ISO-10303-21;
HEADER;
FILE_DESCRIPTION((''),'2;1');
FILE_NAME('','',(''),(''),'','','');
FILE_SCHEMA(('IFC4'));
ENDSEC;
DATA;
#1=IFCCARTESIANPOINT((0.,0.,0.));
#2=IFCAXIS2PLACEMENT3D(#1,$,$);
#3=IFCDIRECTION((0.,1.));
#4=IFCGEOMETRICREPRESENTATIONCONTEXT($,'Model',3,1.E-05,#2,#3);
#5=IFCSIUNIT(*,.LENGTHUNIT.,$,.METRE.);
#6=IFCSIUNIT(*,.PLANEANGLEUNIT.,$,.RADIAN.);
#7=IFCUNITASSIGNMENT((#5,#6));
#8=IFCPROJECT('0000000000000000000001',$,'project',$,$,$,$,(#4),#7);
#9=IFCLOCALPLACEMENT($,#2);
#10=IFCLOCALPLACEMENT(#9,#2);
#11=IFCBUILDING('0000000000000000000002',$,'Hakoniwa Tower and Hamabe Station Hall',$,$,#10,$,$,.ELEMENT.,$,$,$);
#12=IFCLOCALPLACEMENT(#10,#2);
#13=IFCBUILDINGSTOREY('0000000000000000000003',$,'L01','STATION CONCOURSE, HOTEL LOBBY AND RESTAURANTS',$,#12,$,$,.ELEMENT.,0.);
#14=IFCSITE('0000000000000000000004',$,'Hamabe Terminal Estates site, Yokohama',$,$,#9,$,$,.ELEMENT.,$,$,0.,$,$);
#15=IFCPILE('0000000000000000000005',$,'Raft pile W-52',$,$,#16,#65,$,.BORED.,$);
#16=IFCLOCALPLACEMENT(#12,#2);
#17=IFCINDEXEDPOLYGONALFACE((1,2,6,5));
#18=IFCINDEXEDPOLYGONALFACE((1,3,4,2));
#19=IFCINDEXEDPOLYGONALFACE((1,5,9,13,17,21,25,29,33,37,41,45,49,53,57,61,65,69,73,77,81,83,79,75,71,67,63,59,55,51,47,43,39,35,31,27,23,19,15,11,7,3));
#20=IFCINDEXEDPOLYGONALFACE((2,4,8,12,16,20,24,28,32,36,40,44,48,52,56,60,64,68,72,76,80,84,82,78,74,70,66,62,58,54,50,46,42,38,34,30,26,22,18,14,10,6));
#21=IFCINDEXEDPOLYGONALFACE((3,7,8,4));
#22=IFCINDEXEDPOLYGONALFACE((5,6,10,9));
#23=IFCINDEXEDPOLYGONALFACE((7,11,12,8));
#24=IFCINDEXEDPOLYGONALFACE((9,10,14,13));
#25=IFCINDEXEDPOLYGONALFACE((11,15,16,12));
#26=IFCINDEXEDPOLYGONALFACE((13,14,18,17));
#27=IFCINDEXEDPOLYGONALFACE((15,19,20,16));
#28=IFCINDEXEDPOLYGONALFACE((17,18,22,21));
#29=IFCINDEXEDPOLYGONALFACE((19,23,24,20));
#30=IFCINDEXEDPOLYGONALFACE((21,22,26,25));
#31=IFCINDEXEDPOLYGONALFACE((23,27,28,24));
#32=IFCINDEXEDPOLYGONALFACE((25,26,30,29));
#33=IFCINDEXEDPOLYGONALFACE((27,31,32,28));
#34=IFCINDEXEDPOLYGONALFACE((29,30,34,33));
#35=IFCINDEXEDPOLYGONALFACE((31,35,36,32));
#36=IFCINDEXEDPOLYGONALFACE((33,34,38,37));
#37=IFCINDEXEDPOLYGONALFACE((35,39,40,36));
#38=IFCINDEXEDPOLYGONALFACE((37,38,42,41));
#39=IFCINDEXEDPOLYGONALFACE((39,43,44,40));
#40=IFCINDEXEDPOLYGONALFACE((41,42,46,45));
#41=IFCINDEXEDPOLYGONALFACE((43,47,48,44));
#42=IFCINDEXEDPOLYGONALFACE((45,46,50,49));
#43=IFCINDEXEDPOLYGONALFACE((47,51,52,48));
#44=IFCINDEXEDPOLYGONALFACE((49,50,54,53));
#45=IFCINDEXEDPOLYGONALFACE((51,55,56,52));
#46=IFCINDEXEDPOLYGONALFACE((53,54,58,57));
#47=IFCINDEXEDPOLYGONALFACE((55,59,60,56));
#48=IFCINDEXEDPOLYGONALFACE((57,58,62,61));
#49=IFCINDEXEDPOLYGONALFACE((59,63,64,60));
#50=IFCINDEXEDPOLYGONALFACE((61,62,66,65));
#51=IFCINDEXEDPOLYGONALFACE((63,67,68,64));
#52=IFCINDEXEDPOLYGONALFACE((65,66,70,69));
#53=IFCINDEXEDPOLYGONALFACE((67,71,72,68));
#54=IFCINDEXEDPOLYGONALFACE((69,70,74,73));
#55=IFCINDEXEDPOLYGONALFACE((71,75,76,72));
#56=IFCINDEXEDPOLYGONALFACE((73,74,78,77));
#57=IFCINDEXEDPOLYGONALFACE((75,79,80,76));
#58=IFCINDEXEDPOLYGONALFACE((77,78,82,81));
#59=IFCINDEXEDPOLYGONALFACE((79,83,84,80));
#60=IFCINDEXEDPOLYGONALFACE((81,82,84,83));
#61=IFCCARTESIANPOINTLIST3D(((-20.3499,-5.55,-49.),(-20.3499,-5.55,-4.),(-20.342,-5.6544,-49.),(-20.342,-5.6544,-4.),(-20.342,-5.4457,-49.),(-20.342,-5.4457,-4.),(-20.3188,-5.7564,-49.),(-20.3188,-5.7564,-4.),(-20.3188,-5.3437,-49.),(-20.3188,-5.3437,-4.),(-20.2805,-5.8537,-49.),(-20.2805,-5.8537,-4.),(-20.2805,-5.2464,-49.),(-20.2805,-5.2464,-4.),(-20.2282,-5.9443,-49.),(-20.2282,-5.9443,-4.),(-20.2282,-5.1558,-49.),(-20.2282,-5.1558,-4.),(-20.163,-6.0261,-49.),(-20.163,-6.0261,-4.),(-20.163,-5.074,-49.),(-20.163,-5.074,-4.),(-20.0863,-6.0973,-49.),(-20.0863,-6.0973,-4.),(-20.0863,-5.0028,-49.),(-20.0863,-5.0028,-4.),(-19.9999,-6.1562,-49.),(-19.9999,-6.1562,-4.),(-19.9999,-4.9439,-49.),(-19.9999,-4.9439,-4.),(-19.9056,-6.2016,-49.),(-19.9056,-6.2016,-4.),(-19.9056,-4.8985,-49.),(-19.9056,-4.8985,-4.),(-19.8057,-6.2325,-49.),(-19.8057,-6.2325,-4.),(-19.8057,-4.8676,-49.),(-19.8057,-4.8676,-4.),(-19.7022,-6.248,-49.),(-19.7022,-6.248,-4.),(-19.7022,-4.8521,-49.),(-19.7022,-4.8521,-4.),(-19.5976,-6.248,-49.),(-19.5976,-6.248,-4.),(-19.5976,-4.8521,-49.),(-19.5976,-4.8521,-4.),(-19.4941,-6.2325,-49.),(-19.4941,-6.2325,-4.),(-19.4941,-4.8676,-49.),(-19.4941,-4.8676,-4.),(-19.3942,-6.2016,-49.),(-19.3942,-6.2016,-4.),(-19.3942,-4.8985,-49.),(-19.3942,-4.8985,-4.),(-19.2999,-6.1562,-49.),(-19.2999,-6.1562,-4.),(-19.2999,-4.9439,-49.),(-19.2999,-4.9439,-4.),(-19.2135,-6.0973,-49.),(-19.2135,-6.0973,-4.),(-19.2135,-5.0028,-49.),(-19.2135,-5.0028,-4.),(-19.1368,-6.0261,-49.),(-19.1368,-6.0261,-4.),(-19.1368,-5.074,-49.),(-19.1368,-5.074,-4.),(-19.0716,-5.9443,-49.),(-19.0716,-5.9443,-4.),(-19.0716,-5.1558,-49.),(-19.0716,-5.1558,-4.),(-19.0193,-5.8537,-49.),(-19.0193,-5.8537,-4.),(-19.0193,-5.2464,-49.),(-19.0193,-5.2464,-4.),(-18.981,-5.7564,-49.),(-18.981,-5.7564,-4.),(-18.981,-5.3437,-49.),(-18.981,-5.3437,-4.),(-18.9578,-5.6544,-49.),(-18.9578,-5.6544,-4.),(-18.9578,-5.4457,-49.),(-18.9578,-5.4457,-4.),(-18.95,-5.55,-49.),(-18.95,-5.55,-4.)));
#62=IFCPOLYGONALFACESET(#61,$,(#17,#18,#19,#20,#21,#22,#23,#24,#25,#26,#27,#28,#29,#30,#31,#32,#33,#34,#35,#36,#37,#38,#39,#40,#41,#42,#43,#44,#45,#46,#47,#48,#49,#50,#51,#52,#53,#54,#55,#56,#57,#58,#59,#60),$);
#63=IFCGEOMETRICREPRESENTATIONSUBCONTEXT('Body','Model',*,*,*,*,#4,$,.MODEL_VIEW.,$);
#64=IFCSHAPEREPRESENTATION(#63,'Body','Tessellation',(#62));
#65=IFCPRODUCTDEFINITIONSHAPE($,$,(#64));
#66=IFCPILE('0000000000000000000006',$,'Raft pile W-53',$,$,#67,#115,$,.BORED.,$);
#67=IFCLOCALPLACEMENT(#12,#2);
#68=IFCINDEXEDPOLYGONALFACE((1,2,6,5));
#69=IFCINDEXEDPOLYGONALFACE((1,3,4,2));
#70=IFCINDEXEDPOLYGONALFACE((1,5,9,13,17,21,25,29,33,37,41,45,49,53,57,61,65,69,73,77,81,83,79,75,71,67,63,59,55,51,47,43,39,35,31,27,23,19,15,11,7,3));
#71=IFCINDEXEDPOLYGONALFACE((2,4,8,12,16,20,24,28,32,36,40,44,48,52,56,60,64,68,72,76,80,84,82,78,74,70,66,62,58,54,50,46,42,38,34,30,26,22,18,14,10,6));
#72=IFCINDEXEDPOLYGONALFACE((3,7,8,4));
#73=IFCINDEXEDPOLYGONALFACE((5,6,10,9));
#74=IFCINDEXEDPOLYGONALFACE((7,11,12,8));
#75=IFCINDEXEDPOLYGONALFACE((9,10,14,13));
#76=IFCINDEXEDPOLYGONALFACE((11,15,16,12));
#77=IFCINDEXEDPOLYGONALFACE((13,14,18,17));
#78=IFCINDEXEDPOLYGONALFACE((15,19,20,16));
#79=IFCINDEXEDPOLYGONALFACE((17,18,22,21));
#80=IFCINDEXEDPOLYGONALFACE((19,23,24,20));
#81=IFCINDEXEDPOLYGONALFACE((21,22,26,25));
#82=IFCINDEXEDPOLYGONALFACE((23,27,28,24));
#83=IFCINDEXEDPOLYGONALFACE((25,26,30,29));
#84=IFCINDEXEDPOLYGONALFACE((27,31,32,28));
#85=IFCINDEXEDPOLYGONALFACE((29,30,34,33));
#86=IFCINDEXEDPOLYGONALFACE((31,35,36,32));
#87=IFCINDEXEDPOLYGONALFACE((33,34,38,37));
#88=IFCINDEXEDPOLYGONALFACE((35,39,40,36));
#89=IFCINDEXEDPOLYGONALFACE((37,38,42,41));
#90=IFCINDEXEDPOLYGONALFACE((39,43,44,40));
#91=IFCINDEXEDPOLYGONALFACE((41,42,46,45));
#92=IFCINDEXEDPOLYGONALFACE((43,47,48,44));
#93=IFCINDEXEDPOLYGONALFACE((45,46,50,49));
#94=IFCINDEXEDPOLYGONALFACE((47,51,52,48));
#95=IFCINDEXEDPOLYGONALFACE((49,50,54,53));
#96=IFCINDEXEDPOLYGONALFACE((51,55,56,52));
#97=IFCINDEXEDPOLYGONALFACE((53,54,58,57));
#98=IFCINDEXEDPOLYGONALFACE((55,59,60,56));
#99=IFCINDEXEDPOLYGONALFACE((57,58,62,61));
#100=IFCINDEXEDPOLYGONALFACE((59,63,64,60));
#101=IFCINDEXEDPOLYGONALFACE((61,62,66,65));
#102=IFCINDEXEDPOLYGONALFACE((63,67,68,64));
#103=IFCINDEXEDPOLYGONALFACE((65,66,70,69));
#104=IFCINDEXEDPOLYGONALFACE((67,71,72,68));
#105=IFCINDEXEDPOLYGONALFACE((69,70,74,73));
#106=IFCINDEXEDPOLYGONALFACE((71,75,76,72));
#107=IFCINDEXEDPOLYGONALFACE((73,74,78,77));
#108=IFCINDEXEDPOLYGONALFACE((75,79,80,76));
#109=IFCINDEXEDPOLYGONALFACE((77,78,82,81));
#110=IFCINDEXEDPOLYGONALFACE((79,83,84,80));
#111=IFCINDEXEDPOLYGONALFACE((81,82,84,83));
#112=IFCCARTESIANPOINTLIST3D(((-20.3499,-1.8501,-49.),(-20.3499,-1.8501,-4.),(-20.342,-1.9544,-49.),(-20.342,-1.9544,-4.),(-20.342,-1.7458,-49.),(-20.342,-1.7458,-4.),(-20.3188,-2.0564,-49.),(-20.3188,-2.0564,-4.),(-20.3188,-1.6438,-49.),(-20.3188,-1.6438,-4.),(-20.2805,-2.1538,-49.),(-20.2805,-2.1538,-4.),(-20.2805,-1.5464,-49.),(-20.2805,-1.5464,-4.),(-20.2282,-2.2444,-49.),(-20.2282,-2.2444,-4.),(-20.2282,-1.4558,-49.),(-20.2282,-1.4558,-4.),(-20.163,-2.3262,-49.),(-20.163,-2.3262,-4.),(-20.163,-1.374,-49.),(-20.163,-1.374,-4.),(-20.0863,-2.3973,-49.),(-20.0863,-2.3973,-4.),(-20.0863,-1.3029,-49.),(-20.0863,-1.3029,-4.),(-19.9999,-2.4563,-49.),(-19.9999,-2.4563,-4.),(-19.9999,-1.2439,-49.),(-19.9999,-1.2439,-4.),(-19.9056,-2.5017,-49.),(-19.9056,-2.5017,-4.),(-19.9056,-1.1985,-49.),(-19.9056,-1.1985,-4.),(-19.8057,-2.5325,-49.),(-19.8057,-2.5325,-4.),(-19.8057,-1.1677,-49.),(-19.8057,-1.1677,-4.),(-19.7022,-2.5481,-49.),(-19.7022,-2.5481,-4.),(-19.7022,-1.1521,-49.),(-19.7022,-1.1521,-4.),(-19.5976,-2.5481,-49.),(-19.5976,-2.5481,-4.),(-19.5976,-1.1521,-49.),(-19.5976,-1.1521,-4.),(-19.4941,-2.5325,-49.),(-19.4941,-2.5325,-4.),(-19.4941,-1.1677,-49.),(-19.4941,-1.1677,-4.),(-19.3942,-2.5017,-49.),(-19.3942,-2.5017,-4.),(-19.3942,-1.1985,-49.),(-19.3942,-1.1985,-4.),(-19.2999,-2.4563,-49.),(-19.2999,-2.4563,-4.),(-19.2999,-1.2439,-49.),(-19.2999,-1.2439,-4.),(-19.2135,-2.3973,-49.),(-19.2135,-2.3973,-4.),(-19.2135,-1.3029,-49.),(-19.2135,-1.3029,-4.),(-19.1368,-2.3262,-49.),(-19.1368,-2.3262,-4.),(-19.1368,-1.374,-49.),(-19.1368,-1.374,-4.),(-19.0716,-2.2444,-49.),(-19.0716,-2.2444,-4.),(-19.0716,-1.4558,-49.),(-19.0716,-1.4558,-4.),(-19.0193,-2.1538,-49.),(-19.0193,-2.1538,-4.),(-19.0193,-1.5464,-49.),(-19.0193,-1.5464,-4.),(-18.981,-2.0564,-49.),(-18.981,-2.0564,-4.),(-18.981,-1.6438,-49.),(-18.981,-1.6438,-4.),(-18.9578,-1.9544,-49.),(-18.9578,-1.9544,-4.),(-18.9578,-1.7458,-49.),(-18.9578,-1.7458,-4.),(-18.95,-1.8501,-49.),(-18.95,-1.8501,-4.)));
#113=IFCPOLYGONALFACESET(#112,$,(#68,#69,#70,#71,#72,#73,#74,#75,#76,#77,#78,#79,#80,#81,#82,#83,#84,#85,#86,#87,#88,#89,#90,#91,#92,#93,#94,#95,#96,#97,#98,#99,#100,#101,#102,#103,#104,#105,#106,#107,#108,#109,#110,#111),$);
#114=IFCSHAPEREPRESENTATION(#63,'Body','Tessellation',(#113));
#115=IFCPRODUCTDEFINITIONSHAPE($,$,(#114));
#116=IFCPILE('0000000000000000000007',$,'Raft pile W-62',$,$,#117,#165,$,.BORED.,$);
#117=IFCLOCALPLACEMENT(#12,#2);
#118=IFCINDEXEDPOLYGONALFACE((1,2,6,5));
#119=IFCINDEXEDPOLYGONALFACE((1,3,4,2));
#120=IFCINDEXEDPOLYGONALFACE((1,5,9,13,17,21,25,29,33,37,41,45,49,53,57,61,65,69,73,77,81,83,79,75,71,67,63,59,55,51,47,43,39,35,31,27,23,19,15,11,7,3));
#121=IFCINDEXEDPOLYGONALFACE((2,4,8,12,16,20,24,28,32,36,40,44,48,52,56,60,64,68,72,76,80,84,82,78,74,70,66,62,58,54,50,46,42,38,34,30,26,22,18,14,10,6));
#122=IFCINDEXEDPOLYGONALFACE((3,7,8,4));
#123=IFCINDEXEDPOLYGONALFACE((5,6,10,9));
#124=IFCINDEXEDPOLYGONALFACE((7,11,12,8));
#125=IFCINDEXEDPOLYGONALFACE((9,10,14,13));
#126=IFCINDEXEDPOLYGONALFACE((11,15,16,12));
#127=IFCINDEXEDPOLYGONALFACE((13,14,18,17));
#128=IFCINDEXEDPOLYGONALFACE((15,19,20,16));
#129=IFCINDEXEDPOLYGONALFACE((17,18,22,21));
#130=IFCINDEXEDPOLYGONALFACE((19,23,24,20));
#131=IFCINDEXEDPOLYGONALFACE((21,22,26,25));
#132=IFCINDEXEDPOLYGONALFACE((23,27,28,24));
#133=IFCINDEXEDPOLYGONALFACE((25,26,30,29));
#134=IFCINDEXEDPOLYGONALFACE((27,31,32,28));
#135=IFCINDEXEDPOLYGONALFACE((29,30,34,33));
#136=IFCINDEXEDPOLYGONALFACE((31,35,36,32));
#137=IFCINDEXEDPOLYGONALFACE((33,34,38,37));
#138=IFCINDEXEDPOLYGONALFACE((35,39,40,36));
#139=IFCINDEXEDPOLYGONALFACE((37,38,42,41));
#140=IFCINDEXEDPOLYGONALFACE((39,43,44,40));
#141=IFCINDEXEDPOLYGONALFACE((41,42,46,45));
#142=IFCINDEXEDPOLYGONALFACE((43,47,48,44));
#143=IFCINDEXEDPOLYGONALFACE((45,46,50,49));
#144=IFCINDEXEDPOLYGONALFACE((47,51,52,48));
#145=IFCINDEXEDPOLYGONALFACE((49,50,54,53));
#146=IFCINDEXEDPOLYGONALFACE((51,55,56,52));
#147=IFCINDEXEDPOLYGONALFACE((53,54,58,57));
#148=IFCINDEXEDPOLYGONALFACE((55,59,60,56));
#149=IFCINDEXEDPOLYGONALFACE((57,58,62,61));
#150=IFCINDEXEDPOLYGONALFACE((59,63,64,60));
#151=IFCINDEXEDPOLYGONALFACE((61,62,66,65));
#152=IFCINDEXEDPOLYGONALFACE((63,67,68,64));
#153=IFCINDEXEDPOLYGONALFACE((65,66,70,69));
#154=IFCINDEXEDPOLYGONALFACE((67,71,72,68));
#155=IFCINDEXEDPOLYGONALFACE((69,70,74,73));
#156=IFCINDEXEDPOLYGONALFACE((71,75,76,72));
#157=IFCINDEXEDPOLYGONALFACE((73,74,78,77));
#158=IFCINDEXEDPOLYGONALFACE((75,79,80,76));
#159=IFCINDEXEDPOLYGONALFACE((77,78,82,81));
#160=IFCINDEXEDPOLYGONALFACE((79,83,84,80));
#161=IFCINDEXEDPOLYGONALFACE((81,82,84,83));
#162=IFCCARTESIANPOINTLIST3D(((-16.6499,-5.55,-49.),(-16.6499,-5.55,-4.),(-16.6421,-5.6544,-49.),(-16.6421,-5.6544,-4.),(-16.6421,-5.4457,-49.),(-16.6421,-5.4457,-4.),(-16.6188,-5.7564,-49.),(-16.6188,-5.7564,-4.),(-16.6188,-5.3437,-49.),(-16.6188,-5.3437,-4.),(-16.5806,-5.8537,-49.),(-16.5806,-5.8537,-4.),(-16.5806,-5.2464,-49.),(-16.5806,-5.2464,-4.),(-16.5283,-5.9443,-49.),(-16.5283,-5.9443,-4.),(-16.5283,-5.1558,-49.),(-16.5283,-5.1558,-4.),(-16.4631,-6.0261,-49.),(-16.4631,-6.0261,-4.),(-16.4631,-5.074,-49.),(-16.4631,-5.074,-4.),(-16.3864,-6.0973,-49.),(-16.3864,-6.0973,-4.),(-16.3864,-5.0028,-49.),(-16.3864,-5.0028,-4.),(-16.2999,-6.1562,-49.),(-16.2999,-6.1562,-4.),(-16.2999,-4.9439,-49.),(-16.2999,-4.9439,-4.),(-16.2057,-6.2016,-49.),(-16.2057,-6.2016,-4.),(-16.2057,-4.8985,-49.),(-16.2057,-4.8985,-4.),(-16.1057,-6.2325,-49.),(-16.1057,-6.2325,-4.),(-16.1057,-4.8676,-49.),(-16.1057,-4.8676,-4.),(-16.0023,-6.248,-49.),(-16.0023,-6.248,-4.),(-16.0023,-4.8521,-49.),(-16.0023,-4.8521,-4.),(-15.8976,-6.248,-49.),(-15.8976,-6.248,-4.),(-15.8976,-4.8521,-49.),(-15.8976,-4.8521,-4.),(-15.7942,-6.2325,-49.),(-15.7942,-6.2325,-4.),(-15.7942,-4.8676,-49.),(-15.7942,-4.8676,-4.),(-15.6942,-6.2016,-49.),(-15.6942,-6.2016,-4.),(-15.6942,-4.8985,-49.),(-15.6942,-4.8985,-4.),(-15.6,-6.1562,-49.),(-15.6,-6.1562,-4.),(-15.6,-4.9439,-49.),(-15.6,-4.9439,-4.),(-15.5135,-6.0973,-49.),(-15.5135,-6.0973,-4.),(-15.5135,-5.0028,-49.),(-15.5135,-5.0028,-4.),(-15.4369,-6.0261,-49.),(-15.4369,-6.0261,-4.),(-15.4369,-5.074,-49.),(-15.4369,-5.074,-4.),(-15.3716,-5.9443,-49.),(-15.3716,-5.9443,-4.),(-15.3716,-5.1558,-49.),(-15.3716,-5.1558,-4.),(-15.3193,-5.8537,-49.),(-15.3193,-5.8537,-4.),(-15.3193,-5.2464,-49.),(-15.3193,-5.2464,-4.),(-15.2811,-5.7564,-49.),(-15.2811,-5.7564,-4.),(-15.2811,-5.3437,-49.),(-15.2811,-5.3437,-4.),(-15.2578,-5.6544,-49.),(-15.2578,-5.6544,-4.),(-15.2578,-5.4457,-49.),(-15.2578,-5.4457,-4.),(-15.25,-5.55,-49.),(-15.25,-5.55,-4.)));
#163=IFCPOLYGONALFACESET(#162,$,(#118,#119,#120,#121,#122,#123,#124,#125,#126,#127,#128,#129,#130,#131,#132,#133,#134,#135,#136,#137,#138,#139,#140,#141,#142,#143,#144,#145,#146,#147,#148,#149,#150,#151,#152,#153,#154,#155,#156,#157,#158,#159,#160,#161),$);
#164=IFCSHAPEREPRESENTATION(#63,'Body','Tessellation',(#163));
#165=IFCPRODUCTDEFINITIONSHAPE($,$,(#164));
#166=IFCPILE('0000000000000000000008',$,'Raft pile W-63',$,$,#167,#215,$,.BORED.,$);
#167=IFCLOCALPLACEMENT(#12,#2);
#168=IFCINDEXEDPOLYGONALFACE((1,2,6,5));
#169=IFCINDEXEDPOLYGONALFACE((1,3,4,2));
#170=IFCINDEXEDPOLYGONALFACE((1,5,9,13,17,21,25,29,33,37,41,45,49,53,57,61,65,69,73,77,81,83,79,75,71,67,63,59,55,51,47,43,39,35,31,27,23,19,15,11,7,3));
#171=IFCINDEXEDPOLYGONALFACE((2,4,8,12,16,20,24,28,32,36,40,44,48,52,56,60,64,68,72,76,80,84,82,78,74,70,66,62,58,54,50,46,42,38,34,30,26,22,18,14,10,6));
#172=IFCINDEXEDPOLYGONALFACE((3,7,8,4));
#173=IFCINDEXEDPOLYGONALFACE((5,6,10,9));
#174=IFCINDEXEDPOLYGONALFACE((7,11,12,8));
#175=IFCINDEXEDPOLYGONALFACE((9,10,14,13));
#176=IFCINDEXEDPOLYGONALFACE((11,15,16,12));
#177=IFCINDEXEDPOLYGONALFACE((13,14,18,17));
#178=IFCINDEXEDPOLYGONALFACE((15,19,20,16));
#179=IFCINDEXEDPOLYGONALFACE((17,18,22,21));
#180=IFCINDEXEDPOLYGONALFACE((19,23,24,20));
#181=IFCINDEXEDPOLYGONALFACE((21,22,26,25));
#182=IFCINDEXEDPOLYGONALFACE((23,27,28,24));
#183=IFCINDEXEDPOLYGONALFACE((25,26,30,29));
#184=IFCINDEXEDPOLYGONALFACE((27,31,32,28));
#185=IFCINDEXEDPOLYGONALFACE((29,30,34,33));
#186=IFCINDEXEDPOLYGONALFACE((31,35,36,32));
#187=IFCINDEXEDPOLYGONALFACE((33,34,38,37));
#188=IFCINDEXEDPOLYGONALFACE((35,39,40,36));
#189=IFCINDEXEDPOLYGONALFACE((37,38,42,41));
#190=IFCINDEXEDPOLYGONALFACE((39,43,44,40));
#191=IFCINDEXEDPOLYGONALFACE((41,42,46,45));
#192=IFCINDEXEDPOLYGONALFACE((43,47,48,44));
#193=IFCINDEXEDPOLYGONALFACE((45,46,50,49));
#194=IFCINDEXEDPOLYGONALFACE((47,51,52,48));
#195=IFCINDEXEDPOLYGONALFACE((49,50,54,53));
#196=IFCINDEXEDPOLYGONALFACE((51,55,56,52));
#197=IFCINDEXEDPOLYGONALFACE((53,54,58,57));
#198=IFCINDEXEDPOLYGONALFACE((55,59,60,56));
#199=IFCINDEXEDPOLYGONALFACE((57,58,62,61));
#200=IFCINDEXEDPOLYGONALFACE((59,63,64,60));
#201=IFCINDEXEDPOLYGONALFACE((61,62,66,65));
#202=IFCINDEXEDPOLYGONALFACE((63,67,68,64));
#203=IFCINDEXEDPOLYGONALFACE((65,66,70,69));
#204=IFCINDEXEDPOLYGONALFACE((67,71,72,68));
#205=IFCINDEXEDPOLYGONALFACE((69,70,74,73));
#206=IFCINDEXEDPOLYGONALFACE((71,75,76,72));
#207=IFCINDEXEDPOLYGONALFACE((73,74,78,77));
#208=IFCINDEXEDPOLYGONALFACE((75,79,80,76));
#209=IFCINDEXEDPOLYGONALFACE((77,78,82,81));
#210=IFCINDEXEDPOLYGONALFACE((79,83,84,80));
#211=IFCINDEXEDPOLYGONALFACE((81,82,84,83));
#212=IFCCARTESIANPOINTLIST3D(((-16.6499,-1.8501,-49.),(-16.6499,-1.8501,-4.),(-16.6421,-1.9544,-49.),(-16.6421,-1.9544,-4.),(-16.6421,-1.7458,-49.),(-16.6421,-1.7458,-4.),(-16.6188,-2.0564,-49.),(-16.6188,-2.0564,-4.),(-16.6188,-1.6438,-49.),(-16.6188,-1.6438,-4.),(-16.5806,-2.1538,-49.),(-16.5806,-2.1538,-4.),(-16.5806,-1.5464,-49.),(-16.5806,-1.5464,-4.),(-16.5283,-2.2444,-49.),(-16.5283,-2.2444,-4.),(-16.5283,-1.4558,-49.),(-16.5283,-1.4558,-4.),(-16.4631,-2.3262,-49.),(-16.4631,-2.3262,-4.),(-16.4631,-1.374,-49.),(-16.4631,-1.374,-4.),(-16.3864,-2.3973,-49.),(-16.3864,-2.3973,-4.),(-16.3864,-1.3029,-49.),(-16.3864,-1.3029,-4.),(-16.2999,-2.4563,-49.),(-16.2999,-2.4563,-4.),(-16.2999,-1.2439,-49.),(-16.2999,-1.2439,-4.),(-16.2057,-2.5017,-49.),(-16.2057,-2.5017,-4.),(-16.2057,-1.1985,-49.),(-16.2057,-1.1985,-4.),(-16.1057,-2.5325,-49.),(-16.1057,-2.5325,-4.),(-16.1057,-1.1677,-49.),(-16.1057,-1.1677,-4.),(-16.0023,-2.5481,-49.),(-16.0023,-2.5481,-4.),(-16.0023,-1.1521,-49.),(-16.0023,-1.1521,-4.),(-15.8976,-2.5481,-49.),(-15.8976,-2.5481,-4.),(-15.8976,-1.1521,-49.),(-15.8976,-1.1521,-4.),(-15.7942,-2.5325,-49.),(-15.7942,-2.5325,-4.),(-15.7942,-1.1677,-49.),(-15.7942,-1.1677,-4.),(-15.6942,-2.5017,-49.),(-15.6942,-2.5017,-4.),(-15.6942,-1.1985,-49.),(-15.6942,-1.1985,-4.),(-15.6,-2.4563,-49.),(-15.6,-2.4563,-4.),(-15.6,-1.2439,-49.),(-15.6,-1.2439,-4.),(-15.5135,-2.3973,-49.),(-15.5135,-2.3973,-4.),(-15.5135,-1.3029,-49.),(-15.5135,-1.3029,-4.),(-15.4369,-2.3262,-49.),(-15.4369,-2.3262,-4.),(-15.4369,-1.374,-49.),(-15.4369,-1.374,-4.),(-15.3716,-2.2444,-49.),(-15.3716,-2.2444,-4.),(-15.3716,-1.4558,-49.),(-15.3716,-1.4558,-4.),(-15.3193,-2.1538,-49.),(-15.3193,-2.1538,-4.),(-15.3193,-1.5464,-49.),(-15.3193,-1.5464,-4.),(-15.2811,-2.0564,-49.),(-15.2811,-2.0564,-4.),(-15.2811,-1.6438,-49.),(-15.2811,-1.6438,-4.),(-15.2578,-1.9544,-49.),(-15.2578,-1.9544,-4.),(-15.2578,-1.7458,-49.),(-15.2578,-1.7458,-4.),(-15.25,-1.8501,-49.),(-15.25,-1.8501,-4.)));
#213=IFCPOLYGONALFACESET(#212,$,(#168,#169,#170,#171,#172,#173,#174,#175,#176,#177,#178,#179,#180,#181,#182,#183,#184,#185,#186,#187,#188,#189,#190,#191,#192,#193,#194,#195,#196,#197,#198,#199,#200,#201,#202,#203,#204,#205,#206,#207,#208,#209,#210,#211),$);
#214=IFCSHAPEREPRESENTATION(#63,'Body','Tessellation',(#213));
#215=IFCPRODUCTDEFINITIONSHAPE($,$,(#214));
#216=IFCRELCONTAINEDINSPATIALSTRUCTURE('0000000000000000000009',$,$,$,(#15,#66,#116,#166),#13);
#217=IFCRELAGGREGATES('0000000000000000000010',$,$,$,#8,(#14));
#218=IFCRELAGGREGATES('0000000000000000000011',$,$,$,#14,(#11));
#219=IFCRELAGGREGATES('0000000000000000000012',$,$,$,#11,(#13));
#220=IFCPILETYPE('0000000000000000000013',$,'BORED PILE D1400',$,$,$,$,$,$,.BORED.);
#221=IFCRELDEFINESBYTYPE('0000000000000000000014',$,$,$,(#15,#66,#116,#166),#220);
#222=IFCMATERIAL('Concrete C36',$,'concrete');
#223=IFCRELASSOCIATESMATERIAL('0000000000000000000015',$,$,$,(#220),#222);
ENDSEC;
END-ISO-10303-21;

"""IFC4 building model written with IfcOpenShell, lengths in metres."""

from ifc_helpers import new_model, si_unit, direction, frame, origin, origin_2d, place, context, subcontext, project, spatial, circle, extrude, material, material_profile, profile_set, type_object, element, save


model = new_model("IFC4")

# Units and contexts
model_context = context("Model", 3, precision=1e-05, world=origin(), true_north=direction((0.0, 1.0)))
body_context = subcontext(model_context, "Body", "Model", "MODEL_VIEW")
ifc_project = project(units=[si_unit("LENGTHUNIT", "METRE"), si_unit("PLANEANGLEUNIT", "RADIAN")], contexts=[model_context])

# Site, building, storey
site_placement = place(None, origin())
site = spatial("IfcSite", under=ifc_project, at=site_placement, Name="Hamabe Terminal Estates site, Yokohama", CompositionType="ELEMENT", RefElevation=0.0)
building_placement = place(site_placement, origin())
building = spatial("IfcBuilding", under=site, at=building_placement, Name="Hakoniwa Tower and Hamabe Station Hall", CompositionType="ELEMENT")
storey_placement = place(building_placement, origin())
storey = spatial("IfcBuildingStorey", under=building, at=storey_placement, Name="L01", Description="STATION CONCOURSE, HOTEL LOBBY AND RESTAURANTS", CompositionType="ELEMENT", Elevation=0.0)

# Piles
ifc_material_1 = material(Name="Concrete C36", Category="concrete")
ifc_material_profile_1 = material_profile(ifc_material_1, circle(Radius=0.7, at=origin_2d()), Name="BORED PILE D1400")
ifc_profile_set_1 = profile_set([ifc_material_profile_1], Name="Concrete C36")
pile_type = type_object("IfcPileType", Name="BORED PILE D1400", PredefinedType="BORED", material=ifc_profile_set_1)
for number, where, z_axis, x_axis, name in (
    (1, (-19.6499, -5.55, -4.0), (0.0, 0.0, -1.0), (1.0, 0.0, 0.0), "Raft pile W-52"),
    (2, (-19.6499, -1.8501, -4.0), (0.0, 0.0, -1.0), (1.0, 0.0, 0.0), "Raft pile W-53"),
    (3, (-15.95, -5.55, -4.0), (0.0, 0.0, -1.0), (1.0, 0.0, 0.0), "Raft pile W-62"),
    (4, (-15.95, -1.8501, -4.0), (0.0, 0.0, -1.0), (1.0, 0.0, 0.0), "Raft pile W-63"),
):
    element("IfcPile", number, at=place(storey_placement, frame(where, z_axis=z_axis, x_axis=x_axis)), inside=storey, type_object=pile_type, Name=name, PredefinedType="BORED", context=body_context, shape_type="SweptSolid", body=[
        extrude(circle(Radius=0.7, at=origin_2d()), origin(), (0.0, 0.0, 1.0), 45.0),
    ])

save(model, "model.ifc")
